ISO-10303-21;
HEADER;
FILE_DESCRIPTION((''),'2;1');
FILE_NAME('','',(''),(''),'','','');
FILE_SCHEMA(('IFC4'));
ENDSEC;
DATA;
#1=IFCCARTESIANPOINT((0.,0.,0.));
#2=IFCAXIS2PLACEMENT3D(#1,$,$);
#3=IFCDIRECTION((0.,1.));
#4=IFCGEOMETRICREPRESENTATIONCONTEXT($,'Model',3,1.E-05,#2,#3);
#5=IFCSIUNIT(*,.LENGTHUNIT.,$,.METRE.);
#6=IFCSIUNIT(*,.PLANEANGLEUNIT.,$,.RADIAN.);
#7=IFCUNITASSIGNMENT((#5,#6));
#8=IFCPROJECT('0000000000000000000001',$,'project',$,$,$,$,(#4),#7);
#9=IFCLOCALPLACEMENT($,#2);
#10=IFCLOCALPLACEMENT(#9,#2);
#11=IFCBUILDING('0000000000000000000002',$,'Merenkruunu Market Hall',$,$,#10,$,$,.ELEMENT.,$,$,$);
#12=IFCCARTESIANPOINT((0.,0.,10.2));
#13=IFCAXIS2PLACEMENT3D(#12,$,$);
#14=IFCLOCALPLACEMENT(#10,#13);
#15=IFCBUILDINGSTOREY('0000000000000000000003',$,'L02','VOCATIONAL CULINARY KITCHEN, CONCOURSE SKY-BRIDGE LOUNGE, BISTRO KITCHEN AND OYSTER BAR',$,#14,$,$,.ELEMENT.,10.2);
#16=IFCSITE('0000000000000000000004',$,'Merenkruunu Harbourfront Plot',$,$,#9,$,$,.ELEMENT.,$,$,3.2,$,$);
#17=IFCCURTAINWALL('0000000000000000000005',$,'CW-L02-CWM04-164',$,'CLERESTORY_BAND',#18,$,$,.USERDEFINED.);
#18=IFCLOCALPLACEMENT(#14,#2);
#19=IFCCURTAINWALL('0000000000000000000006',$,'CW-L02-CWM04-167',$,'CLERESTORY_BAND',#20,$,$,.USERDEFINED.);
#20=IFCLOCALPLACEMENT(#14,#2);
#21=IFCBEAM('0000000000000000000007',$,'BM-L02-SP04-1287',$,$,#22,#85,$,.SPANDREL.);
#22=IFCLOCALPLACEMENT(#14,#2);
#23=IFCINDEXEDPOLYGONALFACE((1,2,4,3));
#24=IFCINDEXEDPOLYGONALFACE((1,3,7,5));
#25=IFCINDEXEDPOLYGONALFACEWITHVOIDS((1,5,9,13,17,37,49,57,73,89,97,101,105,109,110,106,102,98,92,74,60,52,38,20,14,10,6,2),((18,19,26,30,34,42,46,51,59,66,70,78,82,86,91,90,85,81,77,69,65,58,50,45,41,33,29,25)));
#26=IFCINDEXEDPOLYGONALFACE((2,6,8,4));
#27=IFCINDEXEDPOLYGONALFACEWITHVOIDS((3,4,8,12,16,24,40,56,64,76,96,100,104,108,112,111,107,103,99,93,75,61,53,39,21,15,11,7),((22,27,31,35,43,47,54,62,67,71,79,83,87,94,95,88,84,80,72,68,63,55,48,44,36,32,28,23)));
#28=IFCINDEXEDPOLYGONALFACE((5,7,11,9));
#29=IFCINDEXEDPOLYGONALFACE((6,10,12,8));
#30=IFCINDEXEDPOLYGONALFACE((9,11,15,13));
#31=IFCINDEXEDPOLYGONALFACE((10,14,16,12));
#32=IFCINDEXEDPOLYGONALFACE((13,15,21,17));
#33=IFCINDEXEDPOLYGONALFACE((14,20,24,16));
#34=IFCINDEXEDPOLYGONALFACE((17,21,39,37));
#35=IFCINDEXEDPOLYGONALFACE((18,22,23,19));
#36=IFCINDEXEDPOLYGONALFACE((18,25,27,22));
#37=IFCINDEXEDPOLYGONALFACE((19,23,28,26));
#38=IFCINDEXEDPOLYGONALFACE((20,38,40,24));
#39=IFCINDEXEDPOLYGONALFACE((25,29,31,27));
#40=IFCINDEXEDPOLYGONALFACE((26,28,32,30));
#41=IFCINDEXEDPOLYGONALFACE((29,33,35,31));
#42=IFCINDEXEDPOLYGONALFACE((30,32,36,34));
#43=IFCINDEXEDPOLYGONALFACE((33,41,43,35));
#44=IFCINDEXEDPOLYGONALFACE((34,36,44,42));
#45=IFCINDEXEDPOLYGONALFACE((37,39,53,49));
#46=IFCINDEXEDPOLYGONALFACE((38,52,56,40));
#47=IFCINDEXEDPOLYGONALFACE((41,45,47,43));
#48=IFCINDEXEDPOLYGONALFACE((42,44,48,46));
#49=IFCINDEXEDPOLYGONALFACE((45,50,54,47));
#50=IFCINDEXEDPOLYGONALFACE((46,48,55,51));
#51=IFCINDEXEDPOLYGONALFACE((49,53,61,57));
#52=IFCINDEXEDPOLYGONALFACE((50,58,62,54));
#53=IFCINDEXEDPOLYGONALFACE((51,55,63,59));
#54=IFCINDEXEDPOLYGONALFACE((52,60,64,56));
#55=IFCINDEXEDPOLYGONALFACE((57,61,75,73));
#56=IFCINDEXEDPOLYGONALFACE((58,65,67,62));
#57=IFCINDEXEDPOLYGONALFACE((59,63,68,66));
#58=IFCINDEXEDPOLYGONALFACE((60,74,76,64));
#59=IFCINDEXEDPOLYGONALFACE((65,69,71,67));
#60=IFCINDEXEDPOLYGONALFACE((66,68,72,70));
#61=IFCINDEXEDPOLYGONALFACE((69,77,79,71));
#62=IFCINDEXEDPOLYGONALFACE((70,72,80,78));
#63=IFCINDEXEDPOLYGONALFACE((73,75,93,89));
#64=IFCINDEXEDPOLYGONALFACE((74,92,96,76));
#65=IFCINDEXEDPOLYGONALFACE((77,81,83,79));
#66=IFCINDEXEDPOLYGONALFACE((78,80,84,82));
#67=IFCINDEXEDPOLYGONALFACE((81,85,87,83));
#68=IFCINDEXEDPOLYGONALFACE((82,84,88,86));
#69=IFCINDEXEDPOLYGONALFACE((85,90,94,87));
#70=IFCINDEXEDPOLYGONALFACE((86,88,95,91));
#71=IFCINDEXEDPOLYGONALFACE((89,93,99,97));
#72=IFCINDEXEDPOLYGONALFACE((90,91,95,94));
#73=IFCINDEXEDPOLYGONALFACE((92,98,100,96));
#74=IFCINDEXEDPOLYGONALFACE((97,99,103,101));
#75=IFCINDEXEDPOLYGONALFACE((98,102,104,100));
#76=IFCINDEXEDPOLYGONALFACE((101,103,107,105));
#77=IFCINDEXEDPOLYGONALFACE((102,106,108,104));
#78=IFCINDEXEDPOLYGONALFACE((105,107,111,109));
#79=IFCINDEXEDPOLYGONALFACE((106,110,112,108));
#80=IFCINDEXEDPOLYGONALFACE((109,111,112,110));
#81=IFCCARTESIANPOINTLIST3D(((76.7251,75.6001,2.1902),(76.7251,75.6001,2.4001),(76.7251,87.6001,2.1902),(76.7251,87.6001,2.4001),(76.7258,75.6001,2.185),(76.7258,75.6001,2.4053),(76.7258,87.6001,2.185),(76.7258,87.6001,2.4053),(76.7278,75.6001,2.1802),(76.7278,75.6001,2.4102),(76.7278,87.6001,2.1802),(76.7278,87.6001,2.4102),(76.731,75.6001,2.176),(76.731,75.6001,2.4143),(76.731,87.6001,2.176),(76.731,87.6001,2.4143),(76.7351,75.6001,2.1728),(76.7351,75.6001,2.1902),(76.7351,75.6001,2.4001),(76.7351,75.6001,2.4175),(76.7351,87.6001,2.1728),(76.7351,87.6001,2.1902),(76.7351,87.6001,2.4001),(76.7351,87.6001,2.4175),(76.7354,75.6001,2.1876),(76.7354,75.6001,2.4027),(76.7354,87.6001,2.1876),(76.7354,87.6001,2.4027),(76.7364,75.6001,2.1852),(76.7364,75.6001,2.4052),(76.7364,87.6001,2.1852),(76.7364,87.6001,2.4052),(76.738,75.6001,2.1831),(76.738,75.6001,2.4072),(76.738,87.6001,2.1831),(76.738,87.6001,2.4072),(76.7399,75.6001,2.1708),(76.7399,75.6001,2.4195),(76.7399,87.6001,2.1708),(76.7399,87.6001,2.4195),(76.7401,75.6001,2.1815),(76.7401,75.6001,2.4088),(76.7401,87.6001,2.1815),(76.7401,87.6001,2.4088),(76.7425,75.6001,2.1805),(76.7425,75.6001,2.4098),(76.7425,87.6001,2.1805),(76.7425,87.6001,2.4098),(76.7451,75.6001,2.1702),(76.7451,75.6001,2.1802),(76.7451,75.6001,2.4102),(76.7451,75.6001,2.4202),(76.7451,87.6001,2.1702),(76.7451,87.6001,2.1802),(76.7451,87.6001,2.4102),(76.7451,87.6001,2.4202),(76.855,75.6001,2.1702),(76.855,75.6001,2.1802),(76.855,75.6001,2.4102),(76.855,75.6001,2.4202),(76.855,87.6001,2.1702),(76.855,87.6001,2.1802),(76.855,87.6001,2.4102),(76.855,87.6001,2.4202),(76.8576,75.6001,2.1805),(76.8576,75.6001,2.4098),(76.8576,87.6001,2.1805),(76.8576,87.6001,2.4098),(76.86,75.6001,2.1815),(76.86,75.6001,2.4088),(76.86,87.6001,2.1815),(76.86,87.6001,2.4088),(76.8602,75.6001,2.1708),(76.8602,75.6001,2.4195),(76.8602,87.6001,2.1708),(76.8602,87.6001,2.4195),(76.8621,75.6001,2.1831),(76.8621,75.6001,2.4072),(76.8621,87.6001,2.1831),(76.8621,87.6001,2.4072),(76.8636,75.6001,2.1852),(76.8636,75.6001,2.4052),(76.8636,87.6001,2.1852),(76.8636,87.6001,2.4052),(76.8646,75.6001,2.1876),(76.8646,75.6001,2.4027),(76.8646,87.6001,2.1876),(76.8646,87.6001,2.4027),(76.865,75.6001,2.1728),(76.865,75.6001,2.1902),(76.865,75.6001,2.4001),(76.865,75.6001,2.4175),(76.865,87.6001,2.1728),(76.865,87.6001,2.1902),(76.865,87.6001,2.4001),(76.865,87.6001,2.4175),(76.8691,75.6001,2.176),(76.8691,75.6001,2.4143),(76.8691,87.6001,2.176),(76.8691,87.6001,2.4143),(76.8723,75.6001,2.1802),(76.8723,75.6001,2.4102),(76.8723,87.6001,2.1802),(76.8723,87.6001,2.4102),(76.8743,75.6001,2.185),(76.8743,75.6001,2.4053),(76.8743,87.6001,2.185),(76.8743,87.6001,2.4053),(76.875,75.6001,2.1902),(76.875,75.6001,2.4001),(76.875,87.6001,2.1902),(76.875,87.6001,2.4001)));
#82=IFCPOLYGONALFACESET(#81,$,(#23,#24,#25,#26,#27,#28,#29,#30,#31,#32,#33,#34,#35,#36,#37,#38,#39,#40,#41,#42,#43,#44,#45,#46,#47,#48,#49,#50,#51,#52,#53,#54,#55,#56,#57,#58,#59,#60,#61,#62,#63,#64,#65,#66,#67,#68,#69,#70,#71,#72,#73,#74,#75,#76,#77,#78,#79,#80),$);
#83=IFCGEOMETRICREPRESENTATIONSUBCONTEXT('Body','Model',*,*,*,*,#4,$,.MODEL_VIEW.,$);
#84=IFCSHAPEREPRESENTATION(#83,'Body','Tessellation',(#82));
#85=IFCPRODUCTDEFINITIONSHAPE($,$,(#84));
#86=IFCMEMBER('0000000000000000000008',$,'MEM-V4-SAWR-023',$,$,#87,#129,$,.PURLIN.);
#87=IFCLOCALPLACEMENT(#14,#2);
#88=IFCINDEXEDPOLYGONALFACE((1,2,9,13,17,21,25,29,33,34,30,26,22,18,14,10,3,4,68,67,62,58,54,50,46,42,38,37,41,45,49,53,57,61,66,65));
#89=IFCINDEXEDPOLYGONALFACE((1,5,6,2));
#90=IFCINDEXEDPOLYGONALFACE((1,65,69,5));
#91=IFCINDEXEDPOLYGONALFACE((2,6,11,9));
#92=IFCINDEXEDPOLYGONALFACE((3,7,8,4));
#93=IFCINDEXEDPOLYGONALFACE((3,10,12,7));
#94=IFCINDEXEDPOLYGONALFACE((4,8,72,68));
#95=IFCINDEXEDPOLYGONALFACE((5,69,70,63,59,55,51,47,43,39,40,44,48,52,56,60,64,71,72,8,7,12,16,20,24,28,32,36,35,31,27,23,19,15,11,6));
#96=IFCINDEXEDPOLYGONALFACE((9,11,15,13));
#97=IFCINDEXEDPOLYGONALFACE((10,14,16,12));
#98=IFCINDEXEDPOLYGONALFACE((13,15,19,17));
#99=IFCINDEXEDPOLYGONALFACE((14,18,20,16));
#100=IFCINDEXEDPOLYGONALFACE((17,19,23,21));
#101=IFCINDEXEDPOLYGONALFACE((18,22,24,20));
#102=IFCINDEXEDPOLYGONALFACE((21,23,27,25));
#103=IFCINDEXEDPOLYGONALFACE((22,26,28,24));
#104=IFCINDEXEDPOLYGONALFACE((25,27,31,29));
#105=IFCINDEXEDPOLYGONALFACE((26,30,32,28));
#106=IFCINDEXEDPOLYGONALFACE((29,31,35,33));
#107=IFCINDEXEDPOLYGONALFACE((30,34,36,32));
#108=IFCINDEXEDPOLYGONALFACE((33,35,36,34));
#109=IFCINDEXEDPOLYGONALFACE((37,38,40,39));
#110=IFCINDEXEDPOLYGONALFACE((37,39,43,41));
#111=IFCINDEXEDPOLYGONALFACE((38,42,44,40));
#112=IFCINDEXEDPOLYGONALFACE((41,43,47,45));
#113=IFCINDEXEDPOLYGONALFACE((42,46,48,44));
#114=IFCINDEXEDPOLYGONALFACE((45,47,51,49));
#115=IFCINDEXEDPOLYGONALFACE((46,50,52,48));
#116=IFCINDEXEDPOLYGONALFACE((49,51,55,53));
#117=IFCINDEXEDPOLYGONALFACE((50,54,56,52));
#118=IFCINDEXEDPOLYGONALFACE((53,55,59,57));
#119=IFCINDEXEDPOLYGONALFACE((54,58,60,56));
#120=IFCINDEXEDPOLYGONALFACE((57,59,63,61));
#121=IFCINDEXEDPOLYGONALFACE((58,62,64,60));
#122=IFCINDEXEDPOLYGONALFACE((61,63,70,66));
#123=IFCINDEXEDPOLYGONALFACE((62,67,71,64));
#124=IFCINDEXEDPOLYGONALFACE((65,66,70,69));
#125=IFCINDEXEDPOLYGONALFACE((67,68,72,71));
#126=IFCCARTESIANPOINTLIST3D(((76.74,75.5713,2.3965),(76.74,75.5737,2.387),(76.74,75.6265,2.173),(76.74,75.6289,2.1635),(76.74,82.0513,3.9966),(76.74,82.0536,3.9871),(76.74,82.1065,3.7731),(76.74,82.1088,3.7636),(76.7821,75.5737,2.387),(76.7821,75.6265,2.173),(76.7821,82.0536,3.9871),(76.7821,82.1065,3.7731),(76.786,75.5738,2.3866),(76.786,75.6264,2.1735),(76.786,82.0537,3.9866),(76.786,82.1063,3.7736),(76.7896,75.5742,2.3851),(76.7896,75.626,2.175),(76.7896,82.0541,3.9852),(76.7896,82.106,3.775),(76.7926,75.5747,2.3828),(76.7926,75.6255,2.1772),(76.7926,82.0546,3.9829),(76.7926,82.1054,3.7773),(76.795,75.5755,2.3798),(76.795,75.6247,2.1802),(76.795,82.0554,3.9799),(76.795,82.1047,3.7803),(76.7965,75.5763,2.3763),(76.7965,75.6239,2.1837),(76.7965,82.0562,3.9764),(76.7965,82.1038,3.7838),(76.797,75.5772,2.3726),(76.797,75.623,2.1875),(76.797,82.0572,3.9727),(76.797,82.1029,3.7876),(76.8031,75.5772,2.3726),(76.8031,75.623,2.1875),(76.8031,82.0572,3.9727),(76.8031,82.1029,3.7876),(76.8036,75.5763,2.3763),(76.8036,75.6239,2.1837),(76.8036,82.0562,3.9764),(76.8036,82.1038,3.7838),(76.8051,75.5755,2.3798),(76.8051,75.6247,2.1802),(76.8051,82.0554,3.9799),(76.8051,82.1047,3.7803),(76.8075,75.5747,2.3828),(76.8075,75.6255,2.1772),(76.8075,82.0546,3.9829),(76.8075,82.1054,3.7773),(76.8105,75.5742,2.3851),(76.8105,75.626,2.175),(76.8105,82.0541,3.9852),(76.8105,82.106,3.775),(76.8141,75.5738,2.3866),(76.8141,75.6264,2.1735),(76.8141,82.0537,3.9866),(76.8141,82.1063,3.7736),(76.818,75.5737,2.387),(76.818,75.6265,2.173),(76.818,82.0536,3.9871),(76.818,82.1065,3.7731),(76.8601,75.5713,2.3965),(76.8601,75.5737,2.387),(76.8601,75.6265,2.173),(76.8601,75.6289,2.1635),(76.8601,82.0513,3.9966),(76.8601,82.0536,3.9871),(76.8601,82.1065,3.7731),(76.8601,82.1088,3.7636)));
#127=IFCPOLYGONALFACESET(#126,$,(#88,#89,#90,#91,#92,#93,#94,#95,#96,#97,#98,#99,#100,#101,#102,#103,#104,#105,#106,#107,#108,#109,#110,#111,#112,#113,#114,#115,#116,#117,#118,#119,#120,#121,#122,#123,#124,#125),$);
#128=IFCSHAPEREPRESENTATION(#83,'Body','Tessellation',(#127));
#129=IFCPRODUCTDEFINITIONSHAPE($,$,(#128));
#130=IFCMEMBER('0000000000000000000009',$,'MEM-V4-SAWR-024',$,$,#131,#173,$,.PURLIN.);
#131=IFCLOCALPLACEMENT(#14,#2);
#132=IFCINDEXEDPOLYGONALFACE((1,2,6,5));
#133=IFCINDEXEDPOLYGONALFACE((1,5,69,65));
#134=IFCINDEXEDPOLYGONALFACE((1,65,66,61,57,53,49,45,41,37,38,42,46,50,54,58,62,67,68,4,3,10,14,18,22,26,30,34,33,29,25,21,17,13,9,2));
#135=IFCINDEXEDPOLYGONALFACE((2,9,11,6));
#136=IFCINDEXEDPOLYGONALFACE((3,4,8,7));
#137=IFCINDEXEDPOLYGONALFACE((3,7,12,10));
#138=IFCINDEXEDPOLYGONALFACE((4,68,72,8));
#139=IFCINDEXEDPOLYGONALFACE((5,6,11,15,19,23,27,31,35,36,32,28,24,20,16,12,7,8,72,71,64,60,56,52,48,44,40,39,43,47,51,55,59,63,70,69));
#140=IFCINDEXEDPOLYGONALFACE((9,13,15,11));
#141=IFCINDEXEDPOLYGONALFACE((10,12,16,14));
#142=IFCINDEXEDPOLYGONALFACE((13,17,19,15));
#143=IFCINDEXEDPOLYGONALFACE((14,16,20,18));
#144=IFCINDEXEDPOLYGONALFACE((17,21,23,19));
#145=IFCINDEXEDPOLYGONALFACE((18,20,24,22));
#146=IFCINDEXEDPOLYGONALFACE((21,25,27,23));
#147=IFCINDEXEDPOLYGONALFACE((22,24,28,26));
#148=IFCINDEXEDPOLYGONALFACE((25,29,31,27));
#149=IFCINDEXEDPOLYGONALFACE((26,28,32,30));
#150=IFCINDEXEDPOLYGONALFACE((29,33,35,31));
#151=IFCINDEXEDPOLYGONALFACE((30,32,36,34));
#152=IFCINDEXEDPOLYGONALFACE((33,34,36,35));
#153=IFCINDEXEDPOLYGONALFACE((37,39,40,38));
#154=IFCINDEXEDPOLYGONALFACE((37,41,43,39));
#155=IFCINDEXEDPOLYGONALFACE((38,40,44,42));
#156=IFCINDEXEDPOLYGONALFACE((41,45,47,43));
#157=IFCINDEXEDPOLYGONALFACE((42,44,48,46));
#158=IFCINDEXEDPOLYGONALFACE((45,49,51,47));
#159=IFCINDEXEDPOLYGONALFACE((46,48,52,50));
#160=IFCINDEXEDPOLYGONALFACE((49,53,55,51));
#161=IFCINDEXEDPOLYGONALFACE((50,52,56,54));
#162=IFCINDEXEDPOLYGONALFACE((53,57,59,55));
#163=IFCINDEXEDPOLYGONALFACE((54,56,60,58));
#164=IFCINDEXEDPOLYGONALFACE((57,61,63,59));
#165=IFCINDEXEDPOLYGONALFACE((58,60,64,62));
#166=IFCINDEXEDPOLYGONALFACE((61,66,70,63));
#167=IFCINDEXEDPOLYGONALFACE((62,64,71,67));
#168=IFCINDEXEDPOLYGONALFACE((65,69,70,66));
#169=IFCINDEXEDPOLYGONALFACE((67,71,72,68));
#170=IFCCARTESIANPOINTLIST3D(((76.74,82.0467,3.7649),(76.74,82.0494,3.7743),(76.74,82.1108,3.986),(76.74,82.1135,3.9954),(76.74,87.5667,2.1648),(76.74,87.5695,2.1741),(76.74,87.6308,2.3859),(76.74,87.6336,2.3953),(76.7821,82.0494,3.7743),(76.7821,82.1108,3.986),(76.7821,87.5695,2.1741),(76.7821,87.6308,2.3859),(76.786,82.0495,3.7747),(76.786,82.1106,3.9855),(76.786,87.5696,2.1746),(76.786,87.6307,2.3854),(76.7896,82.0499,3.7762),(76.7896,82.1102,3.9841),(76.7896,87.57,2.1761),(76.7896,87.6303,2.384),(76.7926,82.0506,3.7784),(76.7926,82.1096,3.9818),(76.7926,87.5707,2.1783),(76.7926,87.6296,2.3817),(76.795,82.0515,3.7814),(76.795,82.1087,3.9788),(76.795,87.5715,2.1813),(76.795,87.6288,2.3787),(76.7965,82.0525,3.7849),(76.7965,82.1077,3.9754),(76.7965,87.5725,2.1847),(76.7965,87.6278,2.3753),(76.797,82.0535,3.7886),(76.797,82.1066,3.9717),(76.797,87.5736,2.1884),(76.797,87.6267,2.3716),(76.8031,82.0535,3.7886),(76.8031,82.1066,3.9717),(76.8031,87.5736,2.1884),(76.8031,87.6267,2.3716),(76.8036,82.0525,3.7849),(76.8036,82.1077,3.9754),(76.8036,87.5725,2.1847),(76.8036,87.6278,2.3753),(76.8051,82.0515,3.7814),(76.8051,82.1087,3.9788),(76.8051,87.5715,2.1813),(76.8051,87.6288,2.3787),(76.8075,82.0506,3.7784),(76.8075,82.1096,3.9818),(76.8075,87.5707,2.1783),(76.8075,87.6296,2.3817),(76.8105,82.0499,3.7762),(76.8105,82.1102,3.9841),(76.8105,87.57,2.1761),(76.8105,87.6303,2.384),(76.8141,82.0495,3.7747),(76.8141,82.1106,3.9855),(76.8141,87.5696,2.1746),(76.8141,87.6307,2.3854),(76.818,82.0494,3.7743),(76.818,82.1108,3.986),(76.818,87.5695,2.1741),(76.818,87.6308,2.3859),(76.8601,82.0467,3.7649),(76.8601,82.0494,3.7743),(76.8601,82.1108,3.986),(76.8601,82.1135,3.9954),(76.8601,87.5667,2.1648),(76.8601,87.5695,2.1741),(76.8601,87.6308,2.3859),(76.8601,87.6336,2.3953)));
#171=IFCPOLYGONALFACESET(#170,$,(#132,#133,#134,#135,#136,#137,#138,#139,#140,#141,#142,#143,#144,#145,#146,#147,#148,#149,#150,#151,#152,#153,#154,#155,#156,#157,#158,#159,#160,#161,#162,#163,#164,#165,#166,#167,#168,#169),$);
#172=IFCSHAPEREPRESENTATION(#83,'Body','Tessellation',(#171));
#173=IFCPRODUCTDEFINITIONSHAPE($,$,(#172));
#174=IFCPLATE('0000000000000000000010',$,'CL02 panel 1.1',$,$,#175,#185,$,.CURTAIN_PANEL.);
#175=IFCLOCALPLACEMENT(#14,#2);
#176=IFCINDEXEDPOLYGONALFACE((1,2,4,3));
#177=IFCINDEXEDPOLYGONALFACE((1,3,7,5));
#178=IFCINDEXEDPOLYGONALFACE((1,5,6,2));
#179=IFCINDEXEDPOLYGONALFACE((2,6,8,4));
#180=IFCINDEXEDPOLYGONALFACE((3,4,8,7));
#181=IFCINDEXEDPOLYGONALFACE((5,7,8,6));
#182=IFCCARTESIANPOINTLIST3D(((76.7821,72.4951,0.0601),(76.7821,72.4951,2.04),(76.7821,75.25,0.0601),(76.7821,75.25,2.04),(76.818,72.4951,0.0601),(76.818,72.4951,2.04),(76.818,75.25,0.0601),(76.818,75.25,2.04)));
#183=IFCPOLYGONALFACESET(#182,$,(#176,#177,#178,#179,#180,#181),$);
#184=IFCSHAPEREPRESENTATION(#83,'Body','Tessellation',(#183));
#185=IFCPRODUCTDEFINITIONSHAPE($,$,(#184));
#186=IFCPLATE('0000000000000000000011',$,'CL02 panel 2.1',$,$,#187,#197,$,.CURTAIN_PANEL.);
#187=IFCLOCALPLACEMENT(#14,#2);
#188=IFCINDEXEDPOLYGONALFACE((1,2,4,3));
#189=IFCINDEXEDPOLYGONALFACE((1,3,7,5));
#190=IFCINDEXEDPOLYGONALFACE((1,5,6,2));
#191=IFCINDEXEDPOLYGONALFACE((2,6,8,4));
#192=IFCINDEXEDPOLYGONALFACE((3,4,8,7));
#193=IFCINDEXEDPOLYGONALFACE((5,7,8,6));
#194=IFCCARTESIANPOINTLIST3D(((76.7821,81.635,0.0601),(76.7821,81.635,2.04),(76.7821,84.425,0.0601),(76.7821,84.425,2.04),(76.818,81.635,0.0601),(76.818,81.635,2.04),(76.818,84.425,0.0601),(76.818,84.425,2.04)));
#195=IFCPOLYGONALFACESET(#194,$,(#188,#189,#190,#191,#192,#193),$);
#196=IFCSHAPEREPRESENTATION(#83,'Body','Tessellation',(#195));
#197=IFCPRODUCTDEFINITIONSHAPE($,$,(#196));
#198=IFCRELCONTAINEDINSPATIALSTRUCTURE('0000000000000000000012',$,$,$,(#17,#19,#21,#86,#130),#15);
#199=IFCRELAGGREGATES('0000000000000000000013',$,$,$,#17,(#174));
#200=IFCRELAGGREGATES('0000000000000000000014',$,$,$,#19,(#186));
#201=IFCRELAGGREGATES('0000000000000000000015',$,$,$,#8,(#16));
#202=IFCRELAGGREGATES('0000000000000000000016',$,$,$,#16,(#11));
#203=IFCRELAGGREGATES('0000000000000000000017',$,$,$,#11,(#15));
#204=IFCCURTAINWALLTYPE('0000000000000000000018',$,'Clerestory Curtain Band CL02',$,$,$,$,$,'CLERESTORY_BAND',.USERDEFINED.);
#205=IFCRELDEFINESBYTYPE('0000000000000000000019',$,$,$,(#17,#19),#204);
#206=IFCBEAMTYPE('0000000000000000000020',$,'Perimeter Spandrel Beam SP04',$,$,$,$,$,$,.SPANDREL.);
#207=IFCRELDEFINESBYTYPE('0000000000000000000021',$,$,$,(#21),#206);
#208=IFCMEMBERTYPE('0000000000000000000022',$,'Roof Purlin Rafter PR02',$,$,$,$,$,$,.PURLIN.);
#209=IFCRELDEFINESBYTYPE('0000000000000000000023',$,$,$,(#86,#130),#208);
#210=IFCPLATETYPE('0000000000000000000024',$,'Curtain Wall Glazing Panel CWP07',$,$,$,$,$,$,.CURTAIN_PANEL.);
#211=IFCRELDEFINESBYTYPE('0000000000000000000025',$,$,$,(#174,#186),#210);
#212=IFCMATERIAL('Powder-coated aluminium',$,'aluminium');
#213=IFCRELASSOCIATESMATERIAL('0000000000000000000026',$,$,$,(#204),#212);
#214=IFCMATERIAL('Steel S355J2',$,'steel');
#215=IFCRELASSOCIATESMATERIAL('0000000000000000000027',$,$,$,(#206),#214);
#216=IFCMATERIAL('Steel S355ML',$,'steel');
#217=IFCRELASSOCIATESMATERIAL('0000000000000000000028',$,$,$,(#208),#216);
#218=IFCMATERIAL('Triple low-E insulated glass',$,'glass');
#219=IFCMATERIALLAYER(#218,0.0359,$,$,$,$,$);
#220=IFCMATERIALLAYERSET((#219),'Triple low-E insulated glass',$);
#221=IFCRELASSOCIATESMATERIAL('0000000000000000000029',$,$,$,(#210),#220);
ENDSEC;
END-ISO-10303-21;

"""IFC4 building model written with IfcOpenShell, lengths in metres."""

from ifc_helpers import new_model, si_unit, direction, frame, origin, origin_2d, place, context, subcontext, project, spatial, rectangle, hollow_rectangle, i_section, extrude, material, layer, layer_set, material_profile, profile_set, type_object, element, aggregate, save


model = new_model("IFC4")

# Units and contexts
model_context = context("Model", 3, precision=1e-05, world=origin(), true_north=direction((0.0, 1.0)))
body_context = subcontext(model_context, "Body", "Model", "MODEL_VIEW")
ifc_project = project(units=[si_unit("LENGTHUNIT", "METRE"), si_unit("PLANEANGLEUNIT", "RADIAN")], contexts=[model_context])

# Site, building, storey
site_placement = place(None, origin())
site = spatial("IfcSite", under=ifc_project, at=site_placement, Name="Merenkruunu Harbourfront Plot", CompositionType="ELEMENT", RefElevation=3.2)
building_placement = place(site_placement, origin())
building = spatial("IfcBuilding", under=site, at=building_placement, Name="Merenkruunu Market Hall", CompositionType="ELEMENT")
storey_placement = place(building_placement, frame((0.0, 0.0, 10.2)))
storey = spatial("IfcBuildingStorey", under=building, at=storey_placement, Name="L02", Description="VOCATIONAL CULINARY KITCHEN, CONCOURSE SKY-BRIDGE LOUNGE, BISTRO KITCHEN AND OYSTER BAR", CompositionType="ELEMENT", Elevation=10.2)

# Shared definitions
ifc_material_1 = material(Name="Steel S355ML", Category="steel")

# Curtain walls
ifc_material_2 = material(Name="Powder-coated aluminium", Category="aluminium")
curtain_wall_type = type_object("IfcCurtainWallType", Name="Clerestory Curtain Band CL02", ElementType="CLERESTORY_BAND", PredefinedType="USERDEFINED", material=ifc_material_2)
curtain_wall_1_placement = place(storey_placement, origin())
curtain_wall_1 = element("IfcCurtainWall", 1, at=curtain_wall_1_placement, inside=storey, type_object=curtain_wall_type, Name="CW-L02-CWM04-164", ObjectType="CLERESTORY_BAND", PredefinedType="USERDEFINED")
curtain_wall_2_placement = place(storey_placement, origin())
curtain_wall_2 = element("IfcCurtainWall", 2, at=curtain_wall_2_placement, inside=storey, type_object=curtain_wall_type, Name="CW-L02-CWM04-167", ObjectType="CLERESTORY_BAND", PredefinedType="USERDEFINED")

# Beam
ifc_material_3 = material(Name="Steel S355J2", Category="steel")
ifc_material_profile_1 = material_profile(ifc_material_3, hollow_rectangle(XDim=0.1499, YDim=0.25, WallThickness=0.01, InnerFilletRadius=0.01, OuterFilletRadius=0.02, at=origin_2d()), Name="RHS 250x150x10")
ifc_profile_set_1 = profile_set([ifc_material_profile_1], Name="Steel S355J2")
beam_type_1 = type_object("IfcBeamType", Name="Perimeter Spandrel Beam SP04", PredefinedType="SPANDREL", material=ifc_profile_set_1)
beam_1_placement = place(storey_placement, frame((76.8, 75.6001, 2.2952), z_axis=(0.0, 1.0, 0.0), x_axis=(-1.0, 0.0, 0.0)))
element("IfcBeam", 3, at=beam_1_placement, inside=storey, type_object=beam_type_1, Name="BM-L02-SP04-1287", PredefinedType="SPANDREL", context=body_context, shape_type="SweptSolid", body=[
    extrude(hollow_rectangle(XDim=0.1499, YDim=0.25, WallThickness=0.01, InnerFilletRadius=0.01, OuterFilletRadius=0.02, at=origin_2d()), origin(), (0.0, 0.0, 1.0), 12.0),
])

# Members
ifc_material_profile_2 = material_profile(ifc_material_1, i_section(OverallWidth=0.1201, OverallDepth=0.24, WebThickness=0.0061, FlangeThickness=0.0098, FilletRadius=0.0149, at=origin_2d()), Name="IPE 240")
ifc_profile_set_2 = profile_set([ifc_material_profile_2], Name="Steel S355ML")
member_type_1 = type_object("IfcMemberType", Name="Roof Purlin Rafter PR02", PredefinedType="PURLIN", material=ifc_profile_set_2)
member_1_placement = place(storey_placement, frame((76.8, 75.6001, 2.28), z_axis=(0.0, 0.97084, 0.239729), x_axis=(-1.0, 0.0, 0.0)))
element("IfcMember", 4, at=member_1_placement, inside=storey, type_object=member_type_1, Name="MEM-V4-SAWR-023", PredefinedType="PURLIN", context=body_context, shape_type="SweptSolid", body=[
    extrude(i_section(OverallWidth=0.1201, OverallDepth=0.24, WebThickness=0.0061, FlangeThickness=0.0098, FilletRadius=0.0149, at=origin_2d()), origin(), (0.0, 0.0, 1.0), 6.6746),
])
member_2_placement = place(storey_placement, frame((76.8, 82.0801, 3.8801), z_axis=(0.0, 0.960462, -0.278411), x_axis=(-1.0, 0.0, 0.0)))
element("IfcMember", 5, at=member_2_placement, inside=storey, type_object=member_type_1, Name="MEM-V4-SAWR-024", PredefinedType="PURLIN", context=body_context, shape_type="SweptSolid", body=[
    extrude(i_section(OverallWidth=0.1201, OverallDepth=0.24, WebThickness=0.0061, FlangeThickness=0.0098, FilletRadius=0.0149, at=origin_2d()), origin(), (0.0, 0.0, 1.0), 5.7473),
])

# Plates
ifc_material_4 = material(Name="Triple low-E insulated glass", Category="glass")
ifc_layer_1 = layer(ifc_material_4, 0.0359)
ifc_layer_set_1 = layer_set([ifc_layer_1], Name="Triple low-E insulated glass")
plate_type_1 = type_object("IfcPlateType", Name="Curtain Wall Glazing Panel CWP07", PredefinedType="CURTAIN_PANEL", material=ifc_layer_set_1)
plate_1_placement = place(storey_placement, frame((76.8, 73.8726, 0.0601), z_axis=(0.0, 0.0, 1.0), x_axis=(0.0, -1.0, 0.0)))
plate_1 = element("IfcPlate", 6, at=plate_1_placement, type_object=plate_type_1, Name="CL02 panel 1.1", PredefinedType="CURTAIN_PANEL", context=body_context, shape_type="SweptSolid", body=[
    extrude(rectangle(XDim=2.7549, YDim=0.0359, at=origin_2d()), origin(), (0.0, 0.0, 1.0), 1.98),
])
aggregate(curtain_wall_1, [plate_1])
plate_2_placement = place(storey_placement, frame((76.8, 83.03, 0.0601), z_axis=(0.0, 0.0, 1.0), x_axis=(0.0, -1.0, 0.0)))
plate_2 = element("IfcPlate", 7, at=plate_2_placement, type_object=plate_type_1, Name="CL02 panel 2.1", PredefinedType="CURTAIN_PANEL", context=body_context, shape_type="SweptSolid", body=[
    extrude(rectangle(XDim=2.79, YDim=0.0359, at=origin_2d()), origin(), (0.0, 0.0, 1.0), 1.98),
])
aggregate(curtain_wall_2, [plate_2])

save(model, "model.ifc")
